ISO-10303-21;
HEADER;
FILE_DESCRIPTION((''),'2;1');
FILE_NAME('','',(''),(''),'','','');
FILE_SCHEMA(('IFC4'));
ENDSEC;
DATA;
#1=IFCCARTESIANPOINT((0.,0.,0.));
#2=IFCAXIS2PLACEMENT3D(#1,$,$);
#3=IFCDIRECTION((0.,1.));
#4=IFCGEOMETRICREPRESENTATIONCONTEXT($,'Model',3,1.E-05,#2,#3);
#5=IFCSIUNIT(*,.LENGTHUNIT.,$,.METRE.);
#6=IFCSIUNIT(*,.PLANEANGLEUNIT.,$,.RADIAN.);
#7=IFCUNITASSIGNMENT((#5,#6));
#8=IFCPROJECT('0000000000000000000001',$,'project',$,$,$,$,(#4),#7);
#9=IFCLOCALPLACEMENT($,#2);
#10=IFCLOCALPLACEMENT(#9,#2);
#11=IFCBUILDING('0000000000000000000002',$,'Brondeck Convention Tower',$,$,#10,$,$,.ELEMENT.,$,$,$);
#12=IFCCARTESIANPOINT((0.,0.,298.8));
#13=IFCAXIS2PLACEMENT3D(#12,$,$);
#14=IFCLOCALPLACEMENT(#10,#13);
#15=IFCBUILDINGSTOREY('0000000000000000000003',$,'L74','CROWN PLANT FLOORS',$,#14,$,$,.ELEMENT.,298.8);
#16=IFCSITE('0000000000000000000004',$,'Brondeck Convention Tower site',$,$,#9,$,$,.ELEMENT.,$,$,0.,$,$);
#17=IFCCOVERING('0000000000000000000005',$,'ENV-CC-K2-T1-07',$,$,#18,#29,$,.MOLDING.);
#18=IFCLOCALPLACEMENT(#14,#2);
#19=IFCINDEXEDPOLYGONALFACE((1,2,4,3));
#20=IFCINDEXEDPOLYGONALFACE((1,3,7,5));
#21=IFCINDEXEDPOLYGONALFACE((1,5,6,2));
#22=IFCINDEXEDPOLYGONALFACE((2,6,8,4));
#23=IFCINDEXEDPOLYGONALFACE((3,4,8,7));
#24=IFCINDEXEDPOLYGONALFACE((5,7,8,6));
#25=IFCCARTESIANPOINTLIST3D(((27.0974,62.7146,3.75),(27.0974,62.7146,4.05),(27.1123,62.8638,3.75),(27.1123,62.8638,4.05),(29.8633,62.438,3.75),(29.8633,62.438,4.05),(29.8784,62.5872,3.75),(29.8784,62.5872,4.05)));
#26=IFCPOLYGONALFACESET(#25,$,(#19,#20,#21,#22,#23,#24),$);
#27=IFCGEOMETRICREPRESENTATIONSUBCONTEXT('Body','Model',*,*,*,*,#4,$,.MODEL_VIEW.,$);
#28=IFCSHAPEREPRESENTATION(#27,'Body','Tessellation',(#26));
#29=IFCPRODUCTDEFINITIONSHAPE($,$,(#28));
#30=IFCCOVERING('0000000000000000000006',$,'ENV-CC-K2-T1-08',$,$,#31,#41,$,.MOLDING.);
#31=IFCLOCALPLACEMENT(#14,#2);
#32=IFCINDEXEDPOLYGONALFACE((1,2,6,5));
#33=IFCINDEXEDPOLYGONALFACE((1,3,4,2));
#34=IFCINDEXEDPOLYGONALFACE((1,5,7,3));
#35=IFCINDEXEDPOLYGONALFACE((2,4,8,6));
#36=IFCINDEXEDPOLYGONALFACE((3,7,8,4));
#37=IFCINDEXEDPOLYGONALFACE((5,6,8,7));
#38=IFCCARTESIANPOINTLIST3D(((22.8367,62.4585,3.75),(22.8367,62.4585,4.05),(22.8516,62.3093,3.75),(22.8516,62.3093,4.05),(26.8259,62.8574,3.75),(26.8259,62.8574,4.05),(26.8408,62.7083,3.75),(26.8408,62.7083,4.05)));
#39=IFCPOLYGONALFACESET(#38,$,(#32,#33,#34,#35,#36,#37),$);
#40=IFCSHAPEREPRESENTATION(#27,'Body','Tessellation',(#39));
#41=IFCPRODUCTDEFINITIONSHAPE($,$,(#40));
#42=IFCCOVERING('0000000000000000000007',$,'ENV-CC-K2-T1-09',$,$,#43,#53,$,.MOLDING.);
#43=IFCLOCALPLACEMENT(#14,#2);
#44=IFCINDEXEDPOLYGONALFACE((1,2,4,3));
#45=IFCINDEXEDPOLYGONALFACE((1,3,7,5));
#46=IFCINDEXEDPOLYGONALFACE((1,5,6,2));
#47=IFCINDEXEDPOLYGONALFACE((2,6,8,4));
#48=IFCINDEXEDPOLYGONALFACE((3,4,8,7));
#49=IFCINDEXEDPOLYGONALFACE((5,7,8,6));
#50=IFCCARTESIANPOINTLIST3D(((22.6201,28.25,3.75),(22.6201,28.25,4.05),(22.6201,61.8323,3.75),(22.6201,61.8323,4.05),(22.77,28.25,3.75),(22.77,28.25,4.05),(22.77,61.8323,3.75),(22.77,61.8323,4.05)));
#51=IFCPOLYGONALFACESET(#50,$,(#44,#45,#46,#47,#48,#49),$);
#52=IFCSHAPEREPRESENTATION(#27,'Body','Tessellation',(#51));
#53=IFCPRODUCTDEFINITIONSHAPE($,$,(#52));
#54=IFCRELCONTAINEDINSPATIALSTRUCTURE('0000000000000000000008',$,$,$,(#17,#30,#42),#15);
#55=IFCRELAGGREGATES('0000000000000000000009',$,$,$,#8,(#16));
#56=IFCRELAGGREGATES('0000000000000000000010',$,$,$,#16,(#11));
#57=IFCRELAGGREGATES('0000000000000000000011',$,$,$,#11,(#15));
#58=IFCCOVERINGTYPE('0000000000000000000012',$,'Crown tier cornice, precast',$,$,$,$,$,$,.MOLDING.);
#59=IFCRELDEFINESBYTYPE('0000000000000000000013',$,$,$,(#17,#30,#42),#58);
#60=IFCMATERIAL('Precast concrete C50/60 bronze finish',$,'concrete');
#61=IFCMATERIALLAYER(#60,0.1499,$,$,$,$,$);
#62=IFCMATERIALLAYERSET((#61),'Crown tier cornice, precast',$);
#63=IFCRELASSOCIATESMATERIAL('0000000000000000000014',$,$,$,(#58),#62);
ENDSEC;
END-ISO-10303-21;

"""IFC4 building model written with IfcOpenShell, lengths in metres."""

from ifc_helpers import new_model, si_unit, direction, frame, origin, place, context, subcontext, project, spatial, polyline, outline, extrude, material, layer, layer_set, type_object, element, save


model = new_model("IFC4")

# Units and contexts
model_context = context("Model", 3, precision=1e-05, world=origin(), true_north=direction((0.0, 1.0)))
body_context = subcontext(model_context, "Body", "Model", "MODEL_VIEW")
ifc_project = project(units=[si_unit("LENGTHUNIT", "METRE"), si_unit("PLANEANGLEUNIT", "RADIAN")], contexts=[model_context])

# Site, building, storey
site_placement = place(None, origin())
site = spatial("IfcSite", under=ifc_project, at=site_placement, Name="Brondeck Convention Tower site", CompositionType="ELEMENT", RefElevation=0.0)
building_placement = place(site_placement, origin())
building = spatial("IfcBuilding", under=site, at=building_placement, Name="Brondeck Convention Tower", CompositionType="ELEMENT")
storey_placement = place(building_placement, frame((0.0, 0.0, 298.8)))
storey = spatial("IfcBuildingStorey", under=building, at=storey_placement, Name="L74", Description="CROWN PLANT FLOORS", CompositionType="ELEMENT", Elevation=298.8)

# Coverings
ifc_material_1 = material(Name="Precast concrete C50/60 bronze finish", Category="concrete")
ifc_layer_1 = layer(ifc_material_1, 0.1499)
ifc_layer_set_1 = layer_set([ifc_layer_1], Name="Crown tier cornice, precast")
covering_type_1 = type_object("IfcCoveringType", Name="Crown tier cornice, precast", PredefinedType="MOLDING", material=ifc_layer_set_1)
covering_1_placement = place(storey_placement, frame((0.0, 0.0, 3.75)))
element("IfcCovering", 1, at=covering_1_placement, inside=storey, type_object=covering_type_1, Name="ENV-CC-K2-T1-07", PredefinedType="MOLDING", context=body_context, shape_type="SweptSolid", body=[
    extrude(outline(polyline([(29.8784, 62.5872), (27.1123, 62.8638), (27.0974, 62.7146), (29.8633, 62.438), (29.8784, 62.5872)])), origin(), (0.0, 0.0, 1.0), 0.3),
])
covering_2_placement = place(storey_placement, frame((0.0, 0.0, 3.75)))
element("IfcCovering", 2, at=covering_2_placement, inside=storey, type_object=covering_type_1, Name="ENV-CC-K2-T1-08", PredefinedType="MOLDING", context=body_context, shape_type="SweptSolid", body=[
    extrude(outline(polyline([(26.8259, 62.8574), (22.8367, 62.4585), (22.8516, 62.3093), (26.8408, 62.7083), (26.8259, 62.8574)])), origin(), (0.0, 0.0, 1.0), 0.3),
])
covering_3_placement = place(storey_placement, frame((0.0, 0.0, 3.75)))
element("IfcCovering", 3, at=covering_3_placement, inside=storey, type_object=covering_type_1, Name="ENV-CC-K2-T1-09", PredefinedType="MOLDING", context=body_context, shape_type="SweptSolid", body=[
    extrude(outline(polyline([(22.6201, 61.8323), (22.6201, 28.25), (22.77, 28.25), (22.77, 61.8323), (22.6201, 61.8323)])), origin(), (0.0, 0.0, 1.0), 0.3),
])

save(model, "model.ifc")
